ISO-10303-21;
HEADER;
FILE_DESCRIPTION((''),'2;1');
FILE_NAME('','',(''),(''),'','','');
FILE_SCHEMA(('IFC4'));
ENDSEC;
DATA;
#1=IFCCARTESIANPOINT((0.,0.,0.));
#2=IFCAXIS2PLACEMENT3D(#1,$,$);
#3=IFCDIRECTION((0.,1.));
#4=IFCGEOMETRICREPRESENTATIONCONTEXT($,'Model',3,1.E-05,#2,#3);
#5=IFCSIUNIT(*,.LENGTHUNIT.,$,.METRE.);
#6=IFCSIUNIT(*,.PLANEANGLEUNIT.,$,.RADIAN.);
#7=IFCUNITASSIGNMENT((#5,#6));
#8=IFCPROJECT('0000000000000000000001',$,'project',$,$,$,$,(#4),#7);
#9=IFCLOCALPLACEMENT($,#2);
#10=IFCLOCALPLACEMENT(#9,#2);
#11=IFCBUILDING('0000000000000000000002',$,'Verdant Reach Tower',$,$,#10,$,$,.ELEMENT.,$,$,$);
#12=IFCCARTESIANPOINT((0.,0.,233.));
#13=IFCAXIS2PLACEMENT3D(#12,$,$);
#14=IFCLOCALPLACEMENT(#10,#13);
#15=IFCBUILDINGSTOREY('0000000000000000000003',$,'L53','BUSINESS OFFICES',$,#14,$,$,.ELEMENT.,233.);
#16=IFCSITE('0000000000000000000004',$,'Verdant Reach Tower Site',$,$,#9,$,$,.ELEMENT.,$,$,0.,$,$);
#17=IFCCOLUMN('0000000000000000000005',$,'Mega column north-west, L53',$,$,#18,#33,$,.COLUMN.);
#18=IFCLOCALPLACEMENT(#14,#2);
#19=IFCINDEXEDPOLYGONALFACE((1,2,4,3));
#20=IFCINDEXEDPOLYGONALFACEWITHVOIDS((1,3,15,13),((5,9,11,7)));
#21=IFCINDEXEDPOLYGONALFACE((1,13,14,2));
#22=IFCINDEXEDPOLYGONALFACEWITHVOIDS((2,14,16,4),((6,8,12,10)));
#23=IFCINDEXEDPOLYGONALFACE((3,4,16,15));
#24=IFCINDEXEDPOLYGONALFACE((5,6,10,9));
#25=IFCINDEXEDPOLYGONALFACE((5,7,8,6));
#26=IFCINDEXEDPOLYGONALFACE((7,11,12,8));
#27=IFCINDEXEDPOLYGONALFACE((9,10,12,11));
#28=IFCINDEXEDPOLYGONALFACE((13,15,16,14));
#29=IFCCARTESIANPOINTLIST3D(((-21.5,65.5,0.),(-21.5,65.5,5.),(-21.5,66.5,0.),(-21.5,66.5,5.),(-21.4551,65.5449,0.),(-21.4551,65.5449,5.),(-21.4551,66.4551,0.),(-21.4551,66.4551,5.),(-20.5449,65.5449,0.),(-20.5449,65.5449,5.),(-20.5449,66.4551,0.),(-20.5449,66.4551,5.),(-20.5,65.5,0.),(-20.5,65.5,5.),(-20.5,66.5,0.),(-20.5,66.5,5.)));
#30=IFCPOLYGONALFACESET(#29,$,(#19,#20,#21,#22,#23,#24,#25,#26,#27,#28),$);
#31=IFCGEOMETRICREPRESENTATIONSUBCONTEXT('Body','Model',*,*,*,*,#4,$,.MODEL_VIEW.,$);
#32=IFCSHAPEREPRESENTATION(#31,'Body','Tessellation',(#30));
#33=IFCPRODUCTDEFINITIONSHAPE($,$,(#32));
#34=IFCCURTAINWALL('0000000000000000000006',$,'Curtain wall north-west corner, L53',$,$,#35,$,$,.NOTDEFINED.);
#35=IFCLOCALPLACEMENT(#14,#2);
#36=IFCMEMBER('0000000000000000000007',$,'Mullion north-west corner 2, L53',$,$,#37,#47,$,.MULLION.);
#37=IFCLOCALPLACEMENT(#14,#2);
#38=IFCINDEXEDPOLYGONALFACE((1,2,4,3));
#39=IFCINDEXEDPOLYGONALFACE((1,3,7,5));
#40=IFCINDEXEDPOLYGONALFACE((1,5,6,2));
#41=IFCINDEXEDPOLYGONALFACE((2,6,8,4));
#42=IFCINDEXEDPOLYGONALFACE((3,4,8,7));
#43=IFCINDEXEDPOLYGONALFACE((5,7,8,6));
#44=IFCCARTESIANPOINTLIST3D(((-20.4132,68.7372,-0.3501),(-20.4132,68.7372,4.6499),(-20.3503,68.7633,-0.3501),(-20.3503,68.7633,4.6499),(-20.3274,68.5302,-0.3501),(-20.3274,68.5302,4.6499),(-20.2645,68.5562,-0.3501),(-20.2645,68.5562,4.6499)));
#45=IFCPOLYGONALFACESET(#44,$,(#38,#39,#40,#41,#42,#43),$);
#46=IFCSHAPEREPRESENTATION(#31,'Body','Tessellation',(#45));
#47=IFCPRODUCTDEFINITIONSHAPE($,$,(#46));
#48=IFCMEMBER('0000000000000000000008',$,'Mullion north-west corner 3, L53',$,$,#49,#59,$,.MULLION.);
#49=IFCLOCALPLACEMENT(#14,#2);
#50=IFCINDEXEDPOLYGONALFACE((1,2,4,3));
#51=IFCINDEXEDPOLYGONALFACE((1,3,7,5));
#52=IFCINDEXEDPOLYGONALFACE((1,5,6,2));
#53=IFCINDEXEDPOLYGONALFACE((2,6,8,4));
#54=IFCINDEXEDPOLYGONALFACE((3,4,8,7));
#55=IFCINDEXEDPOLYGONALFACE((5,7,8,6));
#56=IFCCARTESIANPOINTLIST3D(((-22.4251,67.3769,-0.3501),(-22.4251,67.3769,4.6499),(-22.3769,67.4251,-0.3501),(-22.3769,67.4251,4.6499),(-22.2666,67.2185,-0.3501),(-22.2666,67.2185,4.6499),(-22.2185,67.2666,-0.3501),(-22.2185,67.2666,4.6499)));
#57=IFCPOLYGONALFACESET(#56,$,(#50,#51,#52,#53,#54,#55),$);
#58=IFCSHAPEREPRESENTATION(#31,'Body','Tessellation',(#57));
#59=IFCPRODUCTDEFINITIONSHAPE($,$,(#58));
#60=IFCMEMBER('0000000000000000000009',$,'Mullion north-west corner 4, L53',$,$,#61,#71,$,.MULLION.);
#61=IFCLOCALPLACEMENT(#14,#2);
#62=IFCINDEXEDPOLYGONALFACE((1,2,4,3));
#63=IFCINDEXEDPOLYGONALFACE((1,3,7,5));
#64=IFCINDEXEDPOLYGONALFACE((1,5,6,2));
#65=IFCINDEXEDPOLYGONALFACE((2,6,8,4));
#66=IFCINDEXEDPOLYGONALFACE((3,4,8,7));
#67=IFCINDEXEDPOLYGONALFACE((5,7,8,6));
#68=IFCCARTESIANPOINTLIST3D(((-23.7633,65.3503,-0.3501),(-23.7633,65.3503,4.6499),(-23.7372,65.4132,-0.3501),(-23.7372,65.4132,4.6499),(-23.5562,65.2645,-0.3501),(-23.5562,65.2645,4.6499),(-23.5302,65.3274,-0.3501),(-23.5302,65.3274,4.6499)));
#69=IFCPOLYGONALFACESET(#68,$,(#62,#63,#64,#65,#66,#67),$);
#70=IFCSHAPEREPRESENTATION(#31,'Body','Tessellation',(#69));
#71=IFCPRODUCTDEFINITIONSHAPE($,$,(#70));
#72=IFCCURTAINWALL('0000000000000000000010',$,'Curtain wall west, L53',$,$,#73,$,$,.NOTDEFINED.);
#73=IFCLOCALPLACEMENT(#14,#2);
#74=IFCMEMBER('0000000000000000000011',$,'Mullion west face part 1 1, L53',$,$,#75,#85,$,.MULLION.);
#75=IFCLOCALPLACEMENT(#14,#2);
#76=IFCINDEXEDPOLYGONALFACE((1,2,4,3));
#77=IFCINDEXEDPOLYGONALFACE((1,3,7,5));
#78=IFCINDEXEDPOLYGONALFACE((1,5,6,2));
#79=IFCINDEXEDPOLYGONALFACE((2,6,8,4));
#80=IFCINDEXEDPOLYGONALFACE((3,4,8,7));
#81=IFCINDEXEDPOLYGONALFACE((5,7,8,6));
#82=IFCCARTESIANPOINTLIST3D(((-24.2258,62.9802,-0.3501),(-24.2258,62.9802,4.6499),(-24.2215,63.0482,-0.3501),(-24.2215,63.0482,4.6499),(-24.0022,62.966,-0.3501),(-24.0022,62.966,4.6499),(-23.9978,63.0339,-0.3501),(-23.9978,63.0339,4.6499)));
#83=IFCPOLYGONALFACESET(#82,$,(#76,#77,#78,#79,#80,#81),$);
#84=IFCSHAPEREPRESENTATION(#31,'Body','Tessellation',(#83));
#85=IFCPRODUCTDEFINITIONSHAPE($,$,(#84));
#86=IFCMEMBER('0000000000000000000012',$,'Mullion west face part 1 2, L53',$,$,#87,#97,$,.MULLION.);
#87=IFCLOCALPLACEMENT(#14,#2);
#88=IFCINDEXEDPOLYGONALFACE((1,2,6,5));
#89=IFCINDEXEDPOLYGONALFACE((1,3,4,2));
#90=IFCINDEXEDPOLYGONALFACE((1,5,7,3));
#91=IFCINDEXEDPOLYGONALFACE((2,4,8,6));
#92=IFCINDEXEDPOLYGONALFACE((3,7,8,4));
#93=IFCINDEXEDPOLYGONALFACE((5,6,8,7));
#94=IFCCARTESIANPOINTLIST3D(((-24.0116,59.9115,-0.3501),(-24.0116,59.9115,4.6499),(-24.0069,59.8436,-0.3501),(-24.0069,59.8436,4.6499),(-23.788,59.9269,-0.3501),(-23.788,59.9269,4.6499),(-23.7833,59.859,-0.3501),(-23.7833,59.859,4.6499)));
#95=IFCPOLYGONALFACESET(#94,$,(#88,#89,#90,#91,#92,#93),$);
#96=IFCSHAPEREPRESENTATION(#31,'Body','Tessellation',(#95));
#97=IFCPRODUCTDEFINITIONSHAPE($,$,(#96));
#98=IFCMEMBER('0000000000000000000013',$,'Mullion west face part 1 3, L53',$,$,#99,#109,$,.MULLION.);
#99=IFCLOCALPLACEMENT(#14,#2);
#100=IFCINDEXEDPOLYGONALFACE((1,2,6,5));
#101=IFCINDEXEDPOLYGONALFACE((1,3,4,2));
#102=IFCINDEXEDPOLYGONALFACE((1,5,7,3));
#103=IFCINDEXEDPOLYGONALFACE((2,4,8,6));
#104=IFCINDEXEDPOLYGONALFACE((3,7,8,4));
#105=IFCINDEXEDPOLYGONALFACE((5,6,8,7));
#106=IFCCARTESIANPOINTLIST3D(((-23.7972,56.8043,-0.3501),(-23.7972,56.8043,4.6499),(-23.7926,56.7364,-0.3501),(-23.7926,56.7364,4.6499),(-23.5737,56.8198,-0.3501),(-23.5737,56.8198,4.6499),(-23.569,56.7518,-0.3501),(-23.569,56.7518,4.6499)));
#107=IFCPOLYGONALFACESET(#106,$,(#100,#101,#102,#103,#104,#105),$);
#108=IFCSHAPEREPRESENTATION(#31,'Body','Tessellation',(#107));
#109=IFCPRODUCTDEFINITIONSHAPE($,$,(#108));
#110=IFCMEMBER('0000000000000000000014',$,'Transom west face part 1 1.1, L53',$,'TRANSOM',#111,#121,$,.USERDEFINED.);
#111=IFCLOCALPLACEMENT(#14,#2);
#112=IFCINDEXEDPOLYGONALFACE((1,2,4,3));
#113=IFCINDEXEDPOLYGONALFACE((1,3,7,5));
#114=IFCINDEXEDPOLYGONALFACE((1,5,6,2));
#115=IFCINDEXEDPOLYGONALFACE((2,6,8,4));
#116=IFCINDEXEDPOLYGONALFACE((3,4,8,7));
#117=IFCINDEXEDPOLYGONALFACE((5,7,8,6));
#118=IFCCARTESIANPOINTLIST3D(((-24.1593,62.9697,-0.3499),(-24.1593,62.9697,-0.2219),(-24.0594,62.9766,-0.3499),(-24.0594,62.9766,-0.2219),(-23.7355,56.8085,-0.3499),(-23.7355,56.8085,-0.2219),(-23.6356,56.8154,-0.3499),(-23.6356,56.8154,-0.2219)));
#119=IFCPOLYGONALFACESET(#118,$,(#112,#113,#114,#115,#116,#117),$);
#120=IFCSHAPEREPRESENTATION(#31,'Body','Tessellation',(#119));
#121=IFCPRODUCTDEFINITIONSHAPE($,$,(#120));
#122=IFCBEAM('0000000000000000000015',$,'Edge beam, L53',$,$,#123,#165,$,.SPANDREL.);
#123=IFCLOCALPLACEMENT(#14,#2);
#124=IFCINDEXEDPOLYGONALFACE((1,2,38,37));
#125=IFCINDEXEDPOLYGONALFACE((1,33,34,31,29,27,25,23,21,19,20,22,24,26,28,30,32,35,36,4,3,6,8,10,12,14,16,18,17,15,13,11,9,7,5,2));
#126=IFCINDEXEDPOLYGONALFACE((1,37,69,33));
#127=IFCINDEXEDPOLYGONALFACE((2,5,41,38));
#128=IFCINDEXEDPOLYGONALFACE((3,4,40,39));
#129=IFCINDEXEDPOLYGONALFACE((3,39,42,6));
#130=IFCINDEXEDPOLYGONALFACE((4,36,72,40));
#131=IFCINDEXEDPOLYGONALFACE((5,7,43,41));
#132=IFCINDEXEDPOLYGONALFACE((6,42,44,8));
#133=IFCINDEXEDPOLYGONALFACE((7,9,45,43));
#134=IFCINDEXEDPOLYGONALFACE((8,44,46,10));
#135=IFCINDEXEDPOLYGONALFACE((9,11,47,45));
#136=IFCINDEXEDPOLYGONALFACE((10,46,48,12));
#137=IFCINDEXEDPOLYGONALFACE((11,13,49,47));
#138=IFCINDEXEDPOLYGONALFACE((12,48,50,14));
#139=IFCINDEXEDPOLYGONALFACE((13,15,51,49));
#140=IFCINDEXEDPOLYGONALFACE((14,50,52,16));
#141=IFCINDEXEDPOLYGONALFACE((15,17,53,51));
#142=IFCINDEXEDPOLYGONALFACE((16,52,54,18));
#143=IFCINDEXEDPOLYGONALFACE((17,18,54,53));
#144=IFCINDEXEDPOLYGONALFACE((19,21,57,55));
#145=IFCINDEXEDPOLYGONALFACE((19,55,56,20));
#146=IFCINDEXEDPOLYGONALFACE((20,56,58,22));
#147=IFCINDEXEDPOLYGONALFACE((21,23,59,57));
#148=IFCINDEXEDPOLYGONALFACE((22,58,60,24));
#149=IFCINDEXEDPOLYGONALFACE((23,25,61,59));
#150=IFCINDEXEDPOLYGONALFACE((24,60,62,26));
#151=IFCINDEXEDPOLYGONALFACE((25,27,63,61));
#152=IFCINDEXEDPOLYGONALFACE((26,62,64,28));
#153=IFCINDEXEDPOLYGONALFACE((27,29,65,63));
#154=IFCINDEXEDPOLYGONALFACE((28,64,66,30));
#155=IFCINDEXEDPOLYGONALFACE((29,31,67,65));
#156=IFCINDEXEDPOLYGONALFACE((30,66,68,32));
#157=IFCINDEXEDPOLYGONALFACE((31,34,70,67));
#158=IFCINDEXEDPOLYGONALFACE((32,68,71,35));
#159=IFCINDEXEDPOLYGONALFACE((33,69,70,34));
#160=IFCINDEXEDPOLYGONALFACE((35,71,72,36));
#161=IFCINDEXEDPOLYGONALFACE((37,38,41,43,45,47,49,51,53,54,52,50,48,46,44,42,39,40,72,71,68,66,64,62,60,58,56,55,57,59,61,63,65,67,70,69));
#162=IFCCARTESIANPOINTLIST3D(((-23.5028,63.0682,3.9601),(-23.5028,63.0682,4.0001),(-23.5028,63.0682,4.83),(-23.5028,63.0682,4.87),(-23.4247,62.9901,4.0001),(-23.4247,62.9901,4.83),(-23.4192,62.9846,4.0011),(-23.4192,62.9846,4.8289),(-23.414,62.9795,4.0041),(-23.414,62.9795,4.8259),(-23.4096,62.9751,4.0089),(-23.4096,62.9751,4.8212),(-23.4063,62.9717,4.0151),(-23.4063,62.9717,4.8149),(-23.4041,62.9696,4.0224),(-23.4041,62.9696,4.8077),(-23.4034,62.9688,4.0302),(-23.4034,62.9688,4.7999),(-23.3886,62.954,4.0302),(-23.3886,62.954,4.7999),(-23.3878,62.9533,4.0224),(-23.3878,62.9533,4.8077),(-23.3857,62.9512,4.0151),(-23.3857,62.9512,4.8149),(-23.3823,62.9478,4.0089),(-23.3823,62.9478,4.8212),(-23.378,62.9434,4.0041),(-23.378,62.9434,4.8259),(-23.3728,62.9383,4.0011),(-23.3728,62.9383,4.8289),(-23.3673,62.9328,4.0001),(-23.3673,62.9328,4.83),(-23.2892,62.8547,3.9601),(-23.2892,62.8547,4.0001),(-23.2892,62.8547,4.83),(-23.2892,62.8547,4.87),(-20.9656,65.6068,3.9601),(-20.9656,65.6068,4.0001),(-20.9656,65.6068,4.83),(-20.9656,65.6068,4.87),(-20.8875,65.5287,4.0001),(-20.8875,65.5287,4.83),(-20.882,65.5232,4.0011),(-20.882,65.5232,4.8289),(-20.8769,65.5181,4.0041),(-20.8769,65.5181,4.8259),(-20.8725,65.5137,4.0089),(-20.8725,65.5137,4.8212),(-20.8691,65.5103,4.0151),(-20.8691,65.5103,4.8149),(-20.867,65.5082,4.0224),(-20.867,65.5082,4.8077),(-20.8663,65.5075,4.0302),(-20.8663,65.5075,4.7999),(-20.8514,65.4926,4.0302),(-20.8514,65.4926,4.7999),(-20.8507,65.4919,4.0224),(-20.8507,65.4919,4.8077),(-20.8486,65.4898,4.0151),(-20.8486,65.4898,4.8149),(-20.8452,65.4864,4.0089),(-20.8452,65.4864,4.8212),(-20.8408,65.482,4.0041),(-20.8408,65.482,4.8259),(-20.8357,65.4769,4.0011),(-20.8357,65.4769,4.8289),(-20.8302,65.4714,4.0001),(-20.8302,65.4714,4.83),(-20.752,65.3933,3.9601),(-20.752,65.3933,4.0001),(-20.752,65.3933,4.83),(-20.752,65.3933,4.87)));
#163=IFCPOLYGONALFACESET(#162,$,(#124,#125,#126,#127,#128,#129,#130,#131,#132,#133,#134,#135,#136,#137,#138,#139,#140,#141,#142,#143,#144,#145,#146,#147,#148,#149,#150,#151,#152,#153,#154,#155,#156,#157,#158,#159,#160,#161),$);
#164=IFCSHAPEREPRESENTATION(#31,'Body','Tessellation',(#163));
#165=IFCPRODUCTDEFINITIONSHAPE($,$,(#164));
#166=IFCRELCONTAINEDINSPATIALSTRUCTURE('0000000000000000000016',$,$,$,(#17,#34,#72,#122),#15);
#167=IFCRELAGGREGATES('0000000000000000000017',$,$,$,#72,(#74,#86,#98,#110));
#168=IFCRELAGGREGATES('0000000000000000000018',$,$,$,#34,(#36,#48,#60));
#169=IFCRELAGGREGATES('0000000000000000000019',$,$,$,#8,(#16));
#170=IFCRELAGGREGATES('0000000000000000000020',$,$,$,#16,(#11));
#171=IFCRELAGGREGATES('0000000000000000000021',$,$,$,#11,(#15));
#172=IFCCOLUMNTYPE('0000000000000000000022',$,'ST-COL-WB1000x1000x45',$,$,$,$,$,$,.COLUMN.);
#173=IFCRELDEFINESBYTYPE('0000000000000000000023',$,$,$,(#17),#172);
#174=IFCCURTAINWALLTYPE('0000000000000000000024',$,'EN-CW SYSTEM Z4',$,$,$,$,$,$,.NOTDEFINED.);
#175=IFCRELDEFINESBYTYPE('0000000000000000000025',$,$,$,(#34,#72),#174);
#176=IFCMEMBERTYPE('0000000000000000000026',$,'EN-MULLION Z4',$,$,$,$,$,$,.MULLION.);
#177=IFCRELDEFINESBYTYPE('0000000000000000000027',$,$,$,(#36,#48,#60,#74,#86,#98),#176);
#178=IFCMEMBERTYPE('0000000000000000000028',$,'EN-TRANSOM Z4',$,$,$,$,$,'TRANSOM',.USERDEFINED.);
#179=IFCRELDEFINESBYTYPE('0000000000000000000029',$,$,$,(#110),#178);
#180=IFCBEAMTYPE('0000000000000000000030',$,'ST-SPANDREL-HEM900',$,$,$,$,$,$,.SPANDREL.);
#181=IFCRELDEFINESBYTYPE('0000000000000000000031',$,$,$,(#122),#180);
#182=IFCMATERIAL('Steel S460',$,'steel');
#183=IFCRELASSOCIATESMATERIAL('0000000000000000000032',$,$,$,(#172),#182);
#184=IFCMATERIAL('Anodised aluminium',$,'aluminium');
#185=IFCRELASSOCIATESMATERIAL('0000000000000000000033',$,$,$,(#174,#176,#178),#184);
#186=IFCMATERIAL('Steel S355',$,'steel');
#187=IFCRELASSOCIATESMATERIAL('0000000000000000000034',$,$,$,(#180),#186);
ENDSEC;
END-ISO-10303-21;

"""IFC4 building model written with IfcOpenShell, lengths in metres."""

from ifc_helpers import new_model, si_unit, direction, frame, origin, origin_2d, place, context, subcontext, project, spatial, rectangle, hollow_rectangle, i_section, extrude, material, material_profile, profile_set, type_object, element, aggregate, save


model = new_model("IFC4")

# Units and contexts
model_context = context("Model", 3, precision=1e-05, world=origin(), true_north=direction((0.0, 1.0)))
body_context = subcontext(model_context, "Body", "Model", "MODEL_VIEW")
ifc_project = project(units=[si_unit("LENGTHUNIT", "METRE"), si_unit("PLANEANGLEUNIT", "RADIAN")], contexts=[model_context])

# Site, building, storey
site_placement = place(None, origin())
site = spatial("IfcSite", under=ifc_project, at=site_placement, Name="Verdant Reach Tower Site", CompositionType="ELEMENT", RefElevation=0.0)
building_placement = place(site_placement, origin())
building = spatial("IfcBuilding", under=site, at=building_placement, Name="Verdant Reach Tower", CompositionType="ELEMENT")
storey_placement = place(building_placement, frame((0.0, 0.0, 233.0)))
storey = spatial("IfcBuildingStorey", under=building, at=storey_placement, Name="L53", Description="BUSINESS OFFICES", CompositionType="ELEMENT", Elevation=233.0)

# Column
ifc_material_1 = material(Name="Steel S460", Category="steel")
ifc_material_profile_1 = material_profile(ifc_material_1, hollow_rectangle(XDim=1.0, YDim=1.0, WallThickness=0.0449, at=origin_2d()), Name="WB 1000x1000x45")
ifc_profile_set_1 = profile_set([ifc_material_profile_1], Name="Steel S460")
column_type = type_object("IfcColumnType", Name="ST-COL-WB1000x1000x45", PredefinedType="COLUMN", material=ifc_profile_set_1)
column_placement = place(storey_placement, frame((-21.0, 66.0, 0.0), z_axis=(0.0, 0.0, 1.0), x_axis=(1.0, 0.0, 0.0)))
element("IfcColumn", 1, at=column_placement, inside=storey, type_object=column_type, Name="Mega column north-west, L53", PredefinedType="COLUMN", context=body_context, shape_type="SweptSolid", body=[
    extrude(hollow_rectangle(XDim=1.0, YDim=1.0, WallThickness=0.0449, at=origin_2d()), origin(), (0.0, 0.0, 1.0), 5.0),
])

# Curtain walls, members
ifc_material_2 = material(Name="Anodised aluminium", Category="aluminium")
curtain_wall_type = type_object("IfcCurtainWallType", Name="EN-CW SYSTEM Z4", PredefinedType="NOTDEFINED", material=ifc_material_2)
curtain_wall_1_placement = place(storey_placement, origin())
curtain_wall_1 = element("IfcCurtainWall", 2, at=curtain_wall_1_placement, inside=storey, type_object=curtain_wall_type, Name="Curtain wall north-west corner, L53", PredefinedType="NOTDEFINED")
ifc_material_profile_2 = material_profile(ifc_material_2, rectangle(XDim=0.2241, YDim=0.0681, at=origin_2d()), Name="Mullion 68x224")
ifc_profile_set_2 = profile_set([ifc_material_profile_2], Name="Anodised aluminium")
member_type_1 = type_object("IfcMemberType", Name="EN-MULLION Z4", PredefinedType="MULLION", material=ifc_profile_set_2)
member_1_placement = place(storey_placement, frame((-20.3389, 68.6467, -0.3501), z_axis=(0.0, 0.0, 1.0), x_axis=(-0.382694, 0.923875, 0.0)))
member_1 = element("IfcMember", 3, at=member_1_placement, type_object=member_type_1, Name="Mullion north-west corner 2, L53", PredefinedType="MULLION", context=body_context, shape_type="SweptSolid", body=[
    extrude(rectangle(XDim=0.2241, YDim=0.0681, at=origin_2d()), origin(), (0.0, 0.0, 1.0), 5.0),
])
member_2_placement = place(storey_placement, frame((-22.3218, 67.3218, -0.3501), z_axis=(0.0, 0.0, 1.0), x_axis=(-0.707107, 0.707107, 0.0)))
member_2 = element("IfcMember", 4, at=member_2_placement, type_object=member_type_1, Name="Mullion north-west corner 3, L53", PredefinedType="MULLION", context=body_context, shape_type="SweptSolid", body=[
    extrude(rectangle(XDim=0.2241, YDim=0.0681, at=origin_2d()), origin(), (0.0, 0.0, 1.0), 5.0),
])
member_3_placement = place(storey_placement, frame((-23.6467, 65.3389, -0.3501), z_axis=(0.0, 0.0, 1.0), x_axis=(-0.923875, 0.382694, 0.0)))
member_3 = element("IfcMember", 5, at=member_3_placement, type_object=member_type_1, Name="Mullion north-west corner 4, L53", PredefinedType="MULLION", context=body_context, shape_type="SweptSolid", body=[
    extrude(rectangle(XDim=0.2241, YDim=0.0681, at=origin_2d()), origin(), (0.0, 0.0, 1.0), 5.0),
])
curtain_wall_2_placement = place(storey_placement, origin())
curtain_wall_2 = element("IfcCurtainWall", 6, at=curtain_wall_2_placement, inside=storey, type_object=curtain_wall_type, Name="Curtain wall west, L53", PredefinedType="NOTDEFINED")
member_4_placement = place(storey_placement, frame((-24.1118, 63.0071, -0.3501), z_axis=(0.0, 0.0, 1.0), x_axis=(-0.997969, 0.063699, 0.0)))
member_4 = element("IfcMember", 7, at=member_4_placement, type_object=member_type_1, Name="Mullion west face part 1 1, L53", PredefinedType="MULLION", context=body_context, shape_type="SweptSolid", body=[
    extrude(rectangle(XDim=0.2241, YDim=0.0681, at=origin_2d()), origin(), (0.0, 0.0, 1.0), 5.0),
])
member_5_placement = place(storey_placement, frame((-23.8975, 59.8853, -0.3501), z_axis=(0.0, 0.0, 1.0), x_axis=(-0.99763, -0.068802, 0.0)))
member_5 = element("IfcMember", 8, at=member_5_placement, type_object=member_type_1, Name="Mullion west face part 1 2, L53", PredefinedType="MULLION", context=body_context, shape_type="SweptSolid", body=[
    extrude(rectangle(XDim=0.2241, YDim=0.0681, at=origin_2d()), origin(), (0.0, 0.0, 1.0), 5.0),
])
member_6_placement = place(storey_placement, frame((-23.6831, 56.7781, -0.3501), z_axis=(0.0, 0.0, 1.0), x_axis=(-0.99763, -0.068802, 0.0)))
member_6 = element("IfcMember", 9, at=member_6_placement, type_object=member_type_1, Name="Mullion west face part 1 3, L53", PredefinedType="MULLION", context=body_context, shape_type="SweptSolid", body=[
    extrude(rectangle(XDim=0.2241, YDim=0.0681, at=origin_2d()), origin(), (0.0, 0.0, 1.0), 5.0),
])
ifc_material_profile_3 = material_profile(ifc_material_2, rectangle(XDim=0.1001, YDim=0.1279, at=origin_2d()), Name="Transom 128x100")
ifc_profile_set_3 = profile_set([ifc_material_profile_3], Name="Anodised aluminium")
member_type_2 = type_object("IfcMemberType", Name="EN-TRANSOM Z4", ElementType="TRANSOM", PredefinedType="USERDEFINED", material=ifc_profile_set_3)
member_7_placement = place(storey_placement, frame((-24.1094, 62.9731, -0.2859), z_axis=(0.068628, -0.997642, 0.0), x_axis=(0.997642, 0.068628, 0.0)))
member_7 = element("IfcMember", 10, at=member_7_placement, type_object=member_type_2, Name="Transom west face part 1 1.1, L53", ObjectType="TRANSOM", PredefinedType="USERDEFINED", context=body_context, shape_type="SweptSolid", body=[
    extrude(rectangle(XDim=0.1001, YDim=0.1279, at=origin_2d()), origin(), (0.0, 0.0, 1.0), 6.1758),
])

# Beam
ifc_material_3 = material(Name="Steel S355", Category="steel")
ifc_material_profile_4 = material_profile(ifc_material_3, i_section(OverallWidth=0.302, OverallDepth=0.9099, WebThickness=0.021, FlangeThickness=0.04, FilletRadius=0.03, at=origin_2d()), Name="HEM 900")
ifc_profile_set_4 = profile_set([ifc_material_profile_4], Name="Steel S355")
beam_type = type_object("IfcBeamType", Name="ST-SPANDREL-HEM900", PredefinedType="SPANDREL", material=ifc_profile_set_4)
beam_1_placement = place(storey_placement, frame((-23.396, 62.9614, 4.415), z_axis=(0.706903, 0.707311, 0.0), x_axis=(-0.707311, 0.706903, 0.0)))
element("IfcBeam", 11, at=beam_1_placement, inside=storey, type_object=beam_type, Name="Edge beam, L53", PredefinedType="SPANDREL", context=body_context, shape_type="SweptSolid", body=[
    extrude(i_section(OverallWidth=0.302, OverallDepth=0.9099, WebThickness=0.021, FlangeThickness=0.04, FilletRadius=0.03, at=origin_2d()), origin(), (0.0, 0.0, 1.0), 3.5891),
])

aggregate(curtain_wall_2, [member_4, member_5, member_6, member_7])
aggregate(curtain_wall_1, [member_1, member_2, member_3])

save(model, "model.ifc")
